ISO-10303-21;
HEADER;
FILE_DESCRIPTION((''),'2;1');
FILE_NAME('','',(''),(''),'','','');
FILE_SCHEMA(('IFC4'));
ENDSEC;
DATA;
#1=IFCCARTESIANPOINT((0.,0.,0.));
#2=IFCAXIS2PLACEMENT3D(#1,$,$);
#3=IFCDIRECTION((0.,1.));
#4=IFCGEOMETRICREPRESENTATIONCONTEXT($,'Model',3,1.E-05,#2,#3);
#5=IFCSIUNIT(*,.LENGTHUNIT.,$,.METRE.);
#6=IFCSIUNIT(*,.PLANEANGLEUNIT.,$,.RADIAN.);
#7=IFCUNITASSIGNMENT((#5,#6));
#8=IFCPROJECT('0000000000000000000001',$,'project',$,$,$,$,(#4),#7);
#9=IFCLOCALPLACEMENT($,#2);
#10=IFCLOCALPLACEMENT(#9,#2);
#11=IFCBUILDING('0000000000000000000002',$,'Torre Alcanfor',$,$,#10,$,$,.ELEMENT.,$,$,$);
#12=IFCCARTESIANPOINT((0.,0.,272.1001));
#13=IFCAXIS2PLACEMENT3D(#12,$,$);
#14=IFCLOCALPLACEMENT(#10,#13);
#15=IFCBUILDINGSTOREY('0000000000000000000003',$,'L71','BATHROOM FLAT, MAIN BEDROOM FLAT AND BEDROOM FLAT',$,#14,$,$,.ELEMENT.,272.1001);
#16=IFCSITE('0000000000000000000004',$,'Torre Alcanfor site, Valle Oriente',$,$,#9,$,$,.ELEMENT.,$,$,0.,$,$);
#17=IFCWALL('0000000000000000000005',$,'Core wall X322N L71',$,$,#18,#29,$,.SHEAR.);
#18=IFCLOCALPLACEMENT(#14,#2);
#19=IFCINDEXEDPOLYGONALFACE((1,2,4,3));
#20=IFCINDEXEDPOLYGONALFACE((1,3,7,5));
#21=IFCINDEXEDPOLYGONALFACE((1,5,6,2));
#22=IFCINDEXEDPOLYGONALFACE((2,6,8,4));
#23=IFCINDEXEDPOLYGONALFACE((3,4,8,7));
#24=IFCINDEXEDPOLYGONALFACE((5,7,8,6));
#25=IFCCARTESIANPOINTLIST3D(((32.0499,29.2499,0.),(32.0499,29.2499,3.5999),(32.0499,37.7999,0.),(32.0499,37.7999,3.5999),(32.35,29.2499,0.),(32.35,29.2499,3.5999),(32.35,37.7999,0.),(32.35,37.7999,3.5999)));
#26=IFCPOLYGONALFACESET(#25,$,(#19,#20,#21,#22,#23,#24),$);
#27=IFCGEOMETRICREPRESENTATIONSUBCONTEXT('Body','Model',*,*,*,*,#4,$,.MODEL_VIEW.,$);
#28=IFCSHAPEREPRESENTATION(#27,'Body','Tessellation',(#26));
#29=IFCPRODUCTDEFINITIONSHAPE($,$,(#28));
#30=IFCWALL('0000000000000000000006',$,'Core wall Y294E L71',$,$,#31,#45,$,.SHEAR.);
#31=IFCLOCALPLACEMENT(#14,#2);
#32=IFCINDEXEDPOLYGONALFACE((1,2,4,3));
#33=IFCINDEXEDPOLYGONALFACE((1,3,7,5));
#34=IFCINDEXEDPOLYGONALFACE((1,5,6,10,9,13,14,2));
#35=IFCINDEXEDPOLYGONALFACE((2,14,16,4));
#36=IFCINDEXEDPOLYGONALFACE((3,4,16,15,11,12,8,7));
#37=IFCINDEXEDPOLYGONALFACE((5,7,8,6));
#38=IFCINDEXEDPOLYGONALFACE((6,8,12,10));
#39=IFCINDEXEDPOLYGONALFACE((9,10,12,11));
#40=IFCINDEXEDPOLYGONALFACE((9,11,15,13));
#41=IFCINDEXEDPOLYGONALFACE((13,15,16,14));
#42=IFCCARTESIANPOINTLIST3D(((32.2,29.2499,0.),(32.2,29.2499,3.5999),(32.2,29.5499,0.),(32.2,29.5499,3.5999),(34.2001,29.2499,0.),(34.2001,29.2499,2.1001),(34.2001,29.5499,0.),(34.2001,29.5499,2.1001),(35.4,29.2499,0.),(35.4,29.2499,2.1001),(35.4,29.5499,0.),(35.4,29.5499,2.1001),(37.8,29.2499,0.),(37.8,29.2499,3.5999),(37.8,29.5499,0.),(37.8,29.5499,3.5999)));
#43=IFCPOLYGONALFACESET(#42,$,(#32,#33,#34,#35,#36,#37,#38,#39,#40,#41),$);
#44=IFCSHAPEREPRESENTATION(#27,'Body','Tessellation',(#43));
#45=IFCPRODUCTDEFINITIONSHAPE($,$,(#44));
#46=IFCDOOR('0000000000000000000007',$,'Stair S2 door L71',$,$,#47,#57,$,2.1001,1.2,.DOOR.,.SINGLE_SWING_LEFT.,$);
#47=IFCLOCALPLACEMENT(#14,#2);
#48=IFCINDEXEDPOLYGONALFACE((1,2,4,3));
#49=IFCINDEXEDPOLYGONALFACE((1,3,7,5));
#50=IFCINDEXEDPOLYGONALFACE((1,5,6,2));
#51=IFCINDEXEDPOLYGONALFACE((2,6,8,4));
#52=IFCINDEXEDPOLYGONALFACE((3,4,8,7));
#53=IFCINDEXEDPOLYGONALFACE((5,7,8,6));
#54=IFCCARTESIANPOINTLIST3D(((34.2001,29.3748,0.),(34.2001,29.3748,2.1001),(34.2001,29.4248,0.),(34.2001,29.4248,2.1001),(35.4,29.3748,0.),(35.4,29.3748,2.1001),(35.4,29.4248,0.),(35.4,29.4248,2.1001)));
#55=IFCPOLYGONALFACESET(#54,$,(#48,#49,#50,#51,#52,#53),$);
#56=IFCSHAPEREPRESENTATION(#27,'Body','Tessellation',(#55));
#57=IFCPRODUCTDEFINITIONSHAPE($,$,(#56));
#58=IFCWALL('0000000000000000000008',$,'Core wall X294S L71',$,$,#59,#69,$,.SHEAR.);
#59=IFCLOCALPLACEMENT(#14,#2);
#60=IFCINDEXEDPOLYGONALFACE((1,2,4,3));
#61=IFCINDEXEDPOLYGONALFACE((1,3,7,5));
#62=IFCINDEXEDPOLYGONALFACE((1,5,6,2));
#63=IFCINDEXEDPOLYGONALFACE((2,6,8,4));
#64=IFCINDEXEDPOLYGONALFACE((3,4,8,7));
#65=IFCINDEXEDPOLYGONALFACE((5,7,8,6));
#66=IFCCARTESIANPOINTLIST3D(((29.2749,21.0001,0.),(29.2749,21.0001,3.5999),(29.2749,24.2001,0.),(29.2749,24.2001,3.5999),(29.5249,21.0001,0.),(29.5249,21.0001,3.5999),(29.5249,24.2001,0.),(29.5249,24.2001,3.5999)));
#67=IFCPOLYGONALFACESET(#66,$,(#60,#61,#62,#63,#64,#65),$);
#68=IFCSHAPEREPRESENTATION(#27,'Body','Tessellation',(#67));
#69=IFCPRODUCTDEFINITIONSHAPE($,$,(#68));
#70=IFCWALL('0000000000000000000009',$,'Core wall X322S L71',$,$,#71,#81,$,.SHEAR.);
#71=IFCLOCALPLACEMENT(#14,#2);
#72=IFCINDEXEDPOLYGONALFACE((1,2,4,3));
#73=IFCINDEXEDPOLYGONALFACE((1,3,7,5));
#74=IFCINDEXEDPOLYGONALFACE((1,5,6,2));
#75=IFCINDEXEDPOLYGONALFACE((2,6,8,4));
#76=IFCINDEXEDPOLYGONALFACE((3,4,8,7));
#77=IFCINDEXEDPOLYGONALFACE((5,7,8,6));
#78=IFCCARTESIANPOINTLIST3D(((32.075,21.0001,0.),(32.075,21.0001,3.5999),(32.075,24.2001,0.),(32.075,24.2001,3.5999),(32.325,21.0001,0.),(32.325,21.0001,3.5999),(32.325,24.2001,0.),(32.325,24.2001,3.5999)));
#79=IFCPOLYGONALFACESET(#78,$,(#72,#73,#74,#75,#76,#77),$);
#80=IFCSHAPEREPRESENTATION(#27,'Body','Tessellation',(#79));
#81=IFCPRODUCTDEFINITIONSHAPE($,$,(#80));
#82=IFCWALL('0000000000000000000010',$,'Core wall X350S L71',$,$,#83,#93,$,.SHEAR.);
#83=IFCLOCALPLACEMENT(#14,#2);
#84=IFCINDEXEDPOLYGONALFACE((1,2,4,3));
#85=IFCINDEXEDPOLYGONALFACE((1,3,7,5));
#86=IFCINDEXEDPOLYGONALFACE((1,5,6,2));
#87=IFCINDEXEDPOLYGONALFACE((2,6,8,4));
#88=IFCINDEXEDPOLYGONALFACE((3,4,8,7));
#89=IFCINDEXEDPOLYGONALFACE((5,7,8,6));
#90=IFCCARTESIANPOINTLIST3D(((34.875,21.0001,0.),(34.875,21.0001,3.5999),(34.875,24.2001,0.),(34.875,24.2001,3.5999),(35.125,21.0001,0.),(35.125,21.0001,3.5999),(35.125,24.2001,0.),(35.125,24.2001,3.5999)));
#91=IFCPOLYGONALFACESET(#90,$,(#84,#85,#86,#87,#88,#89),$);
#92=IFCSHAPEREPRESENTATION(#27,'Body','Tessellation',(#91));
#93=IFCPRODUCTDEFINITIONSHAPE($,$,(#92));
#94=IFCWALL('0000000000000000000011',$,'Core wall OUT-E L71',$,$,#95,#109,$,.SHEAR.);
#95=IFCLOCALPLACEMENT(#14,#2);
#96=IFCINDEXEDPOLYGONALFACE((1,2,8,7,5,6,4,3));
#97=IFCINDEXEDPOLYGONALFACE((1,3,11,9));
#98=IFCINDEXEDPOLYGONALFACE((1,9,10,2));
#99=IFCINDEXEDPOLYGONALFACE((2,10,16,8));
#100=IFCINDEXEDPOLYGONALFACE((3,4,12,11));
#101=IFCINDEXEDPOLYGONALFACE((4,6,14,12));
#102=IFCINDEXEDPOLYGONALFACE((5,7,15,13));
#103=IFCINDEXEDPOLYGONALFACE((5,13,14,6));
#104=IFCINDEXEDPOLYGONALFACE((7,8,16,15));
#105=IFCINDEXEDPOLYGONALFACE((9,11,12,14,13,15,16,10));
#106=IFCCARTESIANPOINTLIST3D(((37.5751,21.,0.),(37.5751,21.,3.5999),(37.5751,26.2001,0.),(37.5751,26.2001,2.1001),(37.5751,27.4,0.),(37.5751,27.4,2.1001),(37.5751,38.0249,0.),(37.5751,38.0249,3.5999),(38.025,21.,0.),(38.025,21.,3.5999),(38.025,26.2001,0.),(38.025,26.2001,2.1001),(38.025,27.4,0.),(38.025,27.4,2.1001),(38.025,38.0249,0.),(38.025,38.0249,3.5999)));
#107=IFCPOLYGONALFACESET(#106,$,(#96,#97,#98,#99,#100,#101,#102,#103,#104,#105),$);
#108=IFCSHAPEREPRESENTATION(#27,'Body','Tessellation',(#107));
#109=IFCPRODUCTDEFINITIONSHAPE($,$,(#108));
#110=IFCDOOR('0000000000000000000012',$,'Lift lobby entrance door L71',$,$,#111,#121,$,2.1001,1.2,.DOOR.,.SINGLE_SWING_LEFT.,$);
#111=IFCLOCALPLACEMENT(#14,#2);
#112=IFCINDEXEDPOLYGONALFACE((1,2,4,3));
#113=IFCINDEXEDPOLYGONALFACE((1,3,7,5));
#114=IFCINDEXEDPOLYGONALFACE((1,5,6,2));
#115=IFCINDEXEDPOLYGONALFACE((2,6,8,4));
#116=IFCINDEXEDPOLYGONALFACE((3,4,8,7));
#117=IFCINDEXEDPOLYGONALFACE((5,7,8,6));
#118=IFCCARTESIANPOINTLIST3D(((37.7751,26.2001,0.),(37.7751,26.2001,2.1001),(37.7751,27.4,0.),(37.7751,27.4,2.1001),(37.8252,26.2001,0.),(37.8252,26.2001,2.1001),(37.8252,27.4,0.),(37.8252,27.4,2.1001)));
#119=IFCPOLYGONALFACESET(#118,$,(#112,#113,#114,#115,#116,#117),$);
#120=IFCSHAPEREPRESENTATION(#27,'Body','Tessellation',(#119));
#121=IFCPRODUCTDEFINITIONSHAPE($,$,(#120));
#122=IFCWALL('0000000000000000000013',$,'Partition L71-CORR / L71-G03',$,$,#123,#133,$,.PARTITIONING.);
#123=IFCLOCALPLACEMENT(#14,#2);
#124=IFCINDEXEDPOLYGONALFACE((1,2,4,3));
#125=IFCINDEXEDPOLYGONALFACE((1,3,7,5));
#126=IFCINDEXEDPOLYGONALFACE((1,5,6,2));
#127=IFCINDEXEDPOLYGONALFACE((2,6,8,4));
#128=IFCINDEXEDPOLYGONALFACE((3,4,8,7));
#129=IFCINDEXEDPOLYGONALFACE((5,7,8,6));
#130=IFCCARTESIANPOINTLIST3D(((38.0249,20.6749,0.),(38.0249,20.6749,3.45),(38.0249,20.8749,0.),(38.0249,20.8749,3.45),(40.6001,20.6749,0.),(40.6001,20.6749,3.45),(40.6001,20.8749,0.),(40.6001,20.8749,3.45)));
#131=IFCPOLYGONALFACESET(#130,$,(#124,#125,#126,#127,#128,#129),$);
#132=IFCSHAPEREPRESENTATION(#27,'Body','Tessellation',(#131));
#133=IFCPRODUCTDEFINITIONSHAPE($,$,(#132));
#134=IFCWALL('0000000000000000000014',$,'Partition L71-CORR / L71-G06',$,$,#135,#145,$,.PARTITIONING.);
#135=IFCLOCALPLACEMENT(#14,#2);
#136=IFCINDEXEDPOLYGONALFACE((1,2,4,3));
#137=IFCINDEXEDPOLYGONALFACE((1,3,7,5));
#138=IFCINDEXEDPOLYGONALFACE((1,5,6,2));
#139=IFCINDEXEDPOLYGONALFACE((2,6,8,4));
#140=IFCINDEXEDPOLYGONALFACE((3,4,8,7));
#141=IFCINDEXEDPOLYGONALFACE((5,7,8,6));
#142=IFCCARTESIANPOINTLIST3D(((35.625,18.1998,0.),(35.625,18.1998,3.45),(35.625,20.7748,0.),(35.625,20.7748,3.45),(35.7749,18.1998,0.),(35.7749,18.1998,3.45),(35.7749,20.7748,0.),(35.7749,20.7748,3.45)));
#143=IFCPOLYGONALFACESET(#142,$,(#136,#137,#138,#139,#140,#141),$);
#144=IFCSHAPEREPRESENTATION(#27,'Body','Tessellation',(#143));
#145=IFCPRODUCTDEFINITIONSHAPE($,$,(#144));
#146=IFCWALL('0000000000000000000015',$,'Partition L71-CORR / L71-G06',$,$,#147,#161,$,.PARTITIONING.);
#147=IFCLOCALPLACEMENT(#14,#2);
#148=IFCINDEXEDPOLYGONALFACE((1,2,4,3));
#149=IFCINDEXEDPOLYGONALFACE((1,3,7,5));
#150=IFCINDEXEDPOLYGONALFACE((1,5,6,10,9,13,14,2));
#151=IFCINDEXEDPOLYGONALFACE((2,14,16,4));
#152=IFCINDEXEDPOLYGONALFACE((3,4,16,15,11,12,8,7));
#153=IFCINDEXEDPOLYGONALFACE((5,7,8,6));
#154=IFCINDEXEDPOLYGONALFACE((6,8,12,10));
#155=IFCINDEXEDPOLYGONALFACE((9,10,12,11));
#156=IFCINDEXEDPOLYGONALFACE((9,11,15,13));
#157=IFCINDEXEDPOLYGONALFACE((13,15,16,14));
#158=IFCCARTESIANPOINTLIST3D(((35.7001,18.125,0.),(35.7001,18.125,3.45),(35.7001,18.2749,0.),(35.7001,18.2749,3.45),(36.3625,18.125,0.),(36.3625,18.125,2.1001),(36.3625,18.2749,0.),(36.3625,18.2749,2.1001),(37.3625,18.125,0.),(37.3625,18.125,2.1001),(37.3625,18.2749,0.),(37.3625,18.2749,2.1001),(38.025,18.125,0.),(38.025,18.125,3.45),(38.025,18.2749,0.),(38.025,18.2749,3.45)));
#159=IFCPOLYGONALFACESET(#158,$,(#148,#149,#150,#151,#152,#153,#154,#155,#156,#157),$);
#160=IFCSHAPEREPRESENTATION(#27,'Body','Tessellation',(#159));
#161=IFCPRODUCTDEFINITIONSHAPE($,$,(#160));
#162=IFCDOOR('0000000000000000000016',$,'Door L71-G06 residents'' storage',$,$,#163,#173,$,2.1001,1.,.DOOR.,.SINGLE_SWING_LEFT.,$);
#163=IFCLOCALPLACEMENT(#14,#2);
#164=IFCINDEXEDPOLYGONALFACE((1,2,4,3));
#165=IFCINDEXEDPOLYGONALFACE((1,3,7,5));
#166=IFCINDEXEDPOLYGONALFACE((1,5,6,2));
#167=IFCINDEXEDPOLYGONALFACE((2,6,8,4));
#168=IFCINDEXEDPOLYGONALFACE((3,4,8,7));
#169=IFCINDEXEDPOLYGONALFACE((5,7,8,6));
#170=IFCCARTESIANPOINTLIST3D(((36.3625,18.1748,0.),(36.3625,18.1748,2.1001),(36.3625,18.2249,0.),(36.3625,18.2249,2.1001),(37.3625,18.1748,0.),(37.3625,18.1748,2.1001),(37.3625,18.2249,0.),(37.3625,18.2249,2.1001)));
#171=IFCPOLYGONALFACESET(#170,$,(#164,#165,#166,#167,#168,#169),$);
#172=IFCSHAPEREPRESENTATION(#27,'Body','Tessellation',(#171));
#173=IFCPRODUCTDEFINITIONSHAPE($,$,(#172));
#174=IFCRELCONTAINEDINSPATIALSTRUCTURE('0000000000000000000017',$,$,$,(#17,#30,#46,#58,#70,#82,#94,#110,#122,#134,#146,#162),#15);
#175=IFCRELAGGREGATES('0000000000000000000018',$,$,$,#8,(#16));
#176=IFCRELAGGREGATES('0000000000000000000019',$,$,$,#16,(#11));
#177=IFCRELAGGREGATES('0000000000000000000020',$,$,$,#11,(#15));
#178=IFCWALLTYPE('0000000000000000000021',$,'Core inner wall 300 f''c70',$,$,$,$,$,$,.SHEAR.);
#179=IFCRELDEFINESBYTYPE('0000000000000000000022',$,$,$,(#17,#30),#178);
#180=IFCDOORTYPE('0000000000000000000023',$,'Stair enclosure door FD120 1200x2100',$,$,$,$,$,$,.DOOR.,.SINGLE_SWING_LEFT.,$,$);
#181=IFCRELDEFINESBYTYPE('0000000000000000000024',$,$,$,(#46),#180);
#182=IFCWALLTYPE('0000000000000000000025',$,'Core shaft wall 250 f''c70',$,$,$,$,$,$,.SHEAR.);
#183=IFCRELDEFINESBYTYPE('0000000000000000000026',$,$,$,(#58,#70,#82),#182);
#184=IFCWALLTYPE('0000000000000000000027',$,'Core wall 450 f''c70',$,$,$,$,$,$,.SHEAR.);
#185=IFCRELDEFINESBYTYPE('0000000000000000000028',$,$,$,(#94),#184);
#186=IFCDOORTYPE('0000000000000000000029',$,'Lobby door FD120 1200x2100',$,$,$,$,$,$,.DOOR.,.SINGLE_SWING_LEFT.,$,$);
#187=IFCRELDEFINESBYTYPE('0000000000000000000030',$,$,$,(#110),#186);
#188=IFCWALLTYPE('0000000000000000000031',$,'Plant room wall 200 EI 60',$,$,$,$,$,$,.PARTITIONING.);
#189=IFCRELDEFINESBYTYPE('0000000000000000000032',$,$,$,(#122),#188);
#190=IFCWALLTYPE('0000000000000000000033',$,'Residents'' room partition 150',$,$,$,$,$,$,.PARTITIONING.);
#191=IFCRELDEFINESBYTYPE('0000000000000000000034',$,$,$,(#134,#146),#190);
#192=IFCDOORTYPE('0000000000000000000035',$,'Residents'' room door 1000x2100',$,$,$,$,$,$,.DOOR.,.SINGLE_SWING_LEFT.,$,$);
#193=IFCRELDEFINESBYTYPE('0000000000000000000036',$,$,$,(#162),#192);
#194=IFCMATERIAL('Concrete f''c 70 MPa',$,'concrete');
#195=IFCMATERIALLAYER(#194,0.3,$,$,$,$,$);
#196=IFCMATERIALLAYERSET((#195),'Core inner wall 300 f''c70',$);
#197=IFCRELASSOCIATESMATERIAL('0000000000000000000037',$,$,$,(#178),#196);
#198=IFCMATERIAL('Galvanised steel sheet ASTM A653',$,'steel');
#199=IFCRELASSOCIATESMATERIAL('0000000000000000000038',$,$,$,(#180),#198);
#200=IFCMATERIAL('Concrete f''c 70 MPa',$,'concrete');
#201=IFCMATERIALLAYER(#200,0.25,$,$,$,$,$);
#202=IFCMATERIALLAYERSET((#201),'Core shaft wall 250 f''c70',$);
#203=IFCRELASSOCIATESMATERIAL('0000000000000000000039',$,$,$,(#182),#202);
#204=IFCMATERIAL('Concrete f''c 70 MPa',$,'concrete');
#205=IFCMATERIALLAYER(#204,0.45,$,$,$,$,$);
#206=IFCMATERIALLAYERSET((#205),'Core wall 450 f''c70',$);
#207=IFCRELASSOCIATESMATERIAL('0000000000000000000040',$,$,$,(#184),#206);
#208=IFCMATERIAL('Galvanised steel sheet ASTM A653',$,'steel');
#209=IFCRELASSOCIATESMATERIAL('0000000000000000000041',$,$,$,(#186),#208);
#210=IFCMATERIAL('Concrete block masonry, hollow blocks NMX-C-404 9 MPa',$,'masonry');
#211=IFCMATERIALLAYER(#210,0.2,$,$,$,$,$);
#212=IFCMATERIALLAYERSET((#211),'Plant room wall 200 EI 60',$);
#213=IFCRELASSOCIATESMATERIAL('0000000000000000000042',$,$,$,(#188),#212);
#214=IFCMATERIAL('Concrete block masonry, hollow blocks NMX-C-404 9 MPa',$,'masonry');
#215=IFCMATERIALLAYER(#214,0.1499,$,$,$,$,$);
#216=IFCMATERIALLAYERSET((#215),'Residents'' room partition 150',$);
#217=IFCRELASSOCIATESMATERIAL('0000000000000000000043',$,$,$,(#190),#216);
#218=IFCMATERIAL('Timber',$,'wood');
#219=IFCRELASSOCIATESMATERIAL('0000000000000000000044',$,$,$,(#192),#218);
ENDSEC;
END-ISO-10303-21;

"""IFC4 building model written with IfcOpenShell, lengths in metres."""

from ifc_helpers import new_model, si_unit, direction, frame, frame_2d, origin, place, context, subcontext, project, spatial, rectangle, extrude, material, layer, layer_set, type_object, element, fill, save


model = new_model("IFC4")

# Units and contexts
model_context = context("Model", 3, precision=1e-05, world=origin(), true_north=direction((0.0, 1.0)))
body_context = subcontext(model_context, "Body", "Model", "MODEL_VIEW")
ifc_project = project(units=[si_unit("LENGTHUNIT", "METRE"), si_unit("PLANEANGLEUNIT", "RADIAN")], contexts=[model_context])

# Site, building, storey
site_placement = place(None, origin())
site = spatial("IfcSite", under=ifc_project, at=site_placement, Name="Torre Alcanfor site, Valle Oriente", CompositionType="ELEMENT", RefElevation=0.0)
building_placement = place(site_placement, origin())
building = spatial("IfcBuilding", under=site, at=building_placement, Name="Torre Alcanfor", CompositionType="ELEMENT")
storey_placement = place(building_placement, frame((0.0, 0.0, 272.1001)))
storey = spatial("IfcBuildingStorey", under=building, at=storey_placement, Name="L71", Description="BATHROOM FLAT, MAIN BEDROOM FLAT AND BEDROOM FLAT", CompositionType="ELEMENT", Elevation=272.1001)

# Wall
ifc_material_1 = material(Name="Concrete f'c 70 MPa", Category="concrete")
ifc_layer_1 = layer(ifc_material_1, 0.3)
ifc_layer_set_1 = layer_set([ifc_layer_1], Name="Core inner wall 300 f'c70")
wall_type_1 = type_object("IfcWallType", Name="Core inner wall 300 f'c70", PredefinedType="SHEAR", material=ifc_layer_set_1)
wall_1_placement = place(storey_placement, frame((32.2, 29.25, 0.0), z_axis=(0.0, 0.0, 1.0), x_axis=(0.0, 1.0, 0.0)))
element("IfcWall", 1, at=wall_1_placement, inside=storey, type_object=wall_type_1, Name="Core wall X322N L71", PredefinedType="SHEAR", context=body_context, shape_type="SweptSolid", body=[
    extrude(rectangle(XDim=8.55, YDim=0.3, at=frame_2d((4.2749, 0.0))), origin(), (0.0, 0.0, 1.0), 3.5999),
])

# Wall, opening, door
wall_2_placement = place(storey_placement, frame((32.2, 29.3999, 0.0), z_axis=(0.0, 0.0, 1.0), x_axis=(1.0, 0.0, 0.0)))
wall_2 = element("IfcWall", 2, at=wall_2_placement, inside=storey, type_object=wall_type_1, Name="Core wall Y294E L71", PredefinedType="SHEAR", context=body_context, shape_type="SweptSolid", body=[
    extrude(rectangle(XDim=5.6001, YDim=0.3, at=frame_2d((2.8, 0.0))), origin(), (0.0, 0.0, 1.0), 3.5999),
])
opening_1_placement = place(wall_2_placement, frame((2.0, 0.0, 0.0)))
opening_1 = element("IfcOpeningElement", 3, at=opening_1_placement, cuts=wall_2, PredefinedType="OPENING", context=body_context, shape_type="SweptSolid", body=[
    extrude(rectangle(XDim=1.2, YDim=2.1001, at=frame_2d((0.6001, 1.05))), frame((0.0, 0.1599, 0.0), z_axis=(0.0, -1.0, 0.0), x_axis=(1.0, 0.0, 0.0)), (0.0, 0.0, 1.0), 0.3201),
])
ifc_material_2 = material(Name="Galvanised steel sheet ASTM A653", Category="steel")
door_type_1 = type_object("IfcDoorType", Name="Stair enclosure door FD120 1200x2100", OperationType="SINGLE_SWING_LEFT", PredefinedType="DOOR", material=ifc_material_2)
door_1_placement = place(opening_1_placement, origin())
door_1 = element("IfcDoor", 4, at=door_1_placement, inside=storey, type_object=door_type_1, Name="Stair S2 door L71", OperationType="SINGLE_SWING_LEFT", OverallHeight=2.1001, OverallWidth=1.2, PredefinedType="DOOR", context=body_context, shape_type="SweptSolid", body=[
    extrude(rectangle(XDim=1.2, YDim=2.1001, at=frame_2d((0.6001, 1.05))), frame((0.0, 0.0249, 0.0), z_axis=(0.0, -1.0, 0.0), x_axis=(1.0, 0.0, 0.0)), (0.0, 0.0, 1.0), 0.05),
])
fill(opening_1, door_1)

# Walls
ifc_material_3 = material(Name="Concrete f'c 70 MPa", Category="concrete")
ifc_layer_2 = layer(ifc_material_3, 0.25)
ifc_layer_set_2 = layer_set([ifc_layer_2], Name="Core shaft wall 250 f'c70")
wall_type_2 = type_object("IfcWallType", Name="Core shaft wall 250 f'c70", PredefinedType="SHEAR", material=ifc_layer_set_2)
for number, where, z_axis, x_axis, name in (
    (5, (29.3999, 21.0, 0.0), (0.0, 0.0, 1.0), (0.0, 1.0, 0.0), "Core wall X294S L71"),
    (6, (32.2, 21.0, 0.0), (0.0, 0.0, 1.0), (0.0, 1.0, 0.0), "Core wall X322S L71"),
    (7, (35.0, 21.0, 0.0), (0.0, 0.0, 1.0), (0.0, 1.0, 0.0), "Core wall X350S L71"),
):
    element("IfcWall", number, at=place(storey_placement, frame(where, z_axis=z_axis, x_axis=x_axis)), inside=storey, type_object=wall_type_2, Name=name, PredefinedType="SHEAR", context=body_context, shape_type="SweptSolid", body=[
        extrude(rectangle(XDim=3.2, YDim=0.25, at=frame_2d((1.6001, 0.0))), origin(), (0.0, 0.0, 1.0), 3.5999),
    ])

# Wall, opening, door
ifc_material_4 = material(Name="Concrete f'c 70 MPa", Category="concrete")
ifc_layer_3 = layer(ifc_material_4, 0.45)
ifc_layer_set_3 = layer_set([ifc_layer_3], Name="Core wall 450 f'c70")
wall_type_3 = type_object("IfcWallType", Name="Core wall 450 f'c70", PredefinedType="SHEAR", material=ifc_layer_set_3)
wall_3_placement = place(storey_placement, frame((37.8, 21.0, 0.0), z_axis=(0.0, 0.0, 1.0), x_axis=(0.0, 1.0, 0.0)))
wall_3 = element("IfcWall", 8, at=wall_3_placement, inside=storey, type_object=wall_type_3, Name="Core wall OUT-E L71", PredefinedType="SHEAR", context=body_context, shape_type="SweptSolid", body=[
    extrude(rectangle(XDim=17.0249, YDim=0.45, at=frame_2d((8.5125, 0.0))), origin(), (0.0, 0.0, 1.0), 3.5999),
])
opening_2_placement = place(wall_3_placement, frame((5.2, 0.0, 0.0)))
opening_2 = element("IfcOpeningElement", 9, at=opening_2_placement, cuts=wall_3, PredefinedType="OPENING", context=body_context, shape_type="SweptSolid", body=[
    extrude(rectangle(XDim=1.2, YDim=2.1001, at=frame_2d((0.6001, 1.05))), frame((0.0, 0.2349, 0.0), z_axis=(0.0, -1.0, 0.0), x_axis=(1.0, 0.0, 0.0)), (0.0, 0.0, 1.0), 0.47),
])
ifc_material_5 = material(Name="Galvanised steel sheet ASTM A653", Category="steel")
door_type_2 = type_object("IfcDoorType", Name="Lobby door FD120 1200x2100", OperationType="SINGLE_SWING_LEFT", PredefinedType="DOOR", material=ifc_material_5)
door_2_placement = place(opening_2_placement, origin())
door_2 = element("IfcDoor", 10, at=door_2_placement, inside=storey, type_object=door_type_2, Name="Lift lobby entrance door L71", OperationType="SINGLE_SWING_LEFT", OverallHeight=2.1001, OverallWidth=1.2, PredefinedType="DOOR", context=body_context, shape_type="SweptSolid", body=[
    extrude(rectangle(XDim=1.2, YDim=2.1001, at=frame_2d((0.6001, 1.05))), frame((0.0, 0.0249, 0.0), z_axis=(0.0, -1.0, 0.0), x_axis=(1.0, 0.0, 0.0)), (0.0, 0.0, 1.0), 0.05),
])
fill(opening_2, door_2)

# Walls
ifc_material_6 = material(Name="Concrete block masonry, hollow blocks NMX-C-404 9 MPa", Category="masonry")
ifc_layer_4 = layer(ifc_material_6, 0.2)
ifc_layer_set_4 = layer_set([ifc_layer_4], Name="Plant room wall 200 EI 60")
wall_type_4 = type_object("IfcWallType", Name="Plant room wall 200 EI 60", PredefinedType="PARTITIONING", material=ifc_layer_set_4)
wall_4_placement = place(storey_placement, frame((38.0249, 20.7749, 0.0), z_axis=(0.0, 0.0, 1.0), x_axis=(1.0, 0.0, 0.0)))
element("IfcWall", 11, at=wall_4_placement, inside=storey, type_object=wall_type_4, Name="Partition L71-CORR / L71-G03", PredefinedType="PARTITIONING", context=body_context, shape_type="SweptSolid", body=[
    extrude(rectangle(XDim=2.5752, YDim=0.2, at=frame_2d((1.2876, 0.0))), origin(), (0.0, 0.0, 1.0), 3.45),
])
ifc_material_7 = material(Name="Concrete block masonry, hollow blocks NMX-C-404 9 MPa", Category="masonry")
ifc_layer_5 = layer(ifc_material_7, 0.1499)
ifc_layer_set_5 = layer_set([ifc_layer_5], Name="Residents' room partition 150")
wall_type_5 = type_object("IfcWallType", Name="Residents' room partition 150", PredefinedType="PARTITIONING", material=ifc_layer_set_5)
wall_5_placement = place(storey_placement, frame((35.7, 20.7749, 0.0), z_axis=(0.0, 0.0, 1.0), x_axis=(0.0, -1.0, 0.0)))
element("IfcWall", 12, at=wall_5_placement, inside=storey, type_object=wall_type_5, Name="Partition L71-CORR / L71-G06", PredefinedType="PARTITIONING", context=body_context, shape_type="SweptSolid", body=[
    extrude(rectangle(XDim=2.575, YDim=0.1499, at=frame_2d((1.2876, 0.0))), origin(), (0.0, 0.0, 1.0), 3.45),
])

# Wall, opening, door
wall_6_placement = place(storey_placement, frame((35.7, 18.2, 0.0), z_axis=(0.0, 0.0, 1.0), x_axis=(1.0, 0.0, 0.0)))
wall_6 = element("IfcWall", 13, at=wall_6_placement, inside=storey, type_object=wall_type_5, Name="Partition L71-CORR / L71-G06", PredefinedType="PARTITIONING", context=body_context, shape_type="SweptSolid", body=[
    extrude(rectangle(XDim=2.325, YDim=0.1499, at=frame_2d((1.1626, 0.0))), origin(), (0.0, 0.0, 1.0), 3.45),
])
opening_3_placement = place(wall_6_placement, frame((0.6626, 0.0, 0.0)))
opening_3 = element("IfcOpeningElement", 14, at=opening_3_placement, cuts=wall_6, PredefinedType="OPENING", context=body_context, shape_type="SweptSolid", body=[
    extrude(rectangle(XDim=1.0, YDim=2.1001, at=frame_2d((0.5, 1.05))), frame((0.0, 0.085, 0.0), z_axis=(0.0, -1.0, 0.0), x_axis=(1.0, 0.0, 0.0)), (0.0, 0.0, 1.0), 0.1699),
])
ifc_material_8 = material(Name="Timber", Category="wood")
door_type_3 = type_object("IfcDoorType", Name="Residents' room door 1000x2100", OperationType="SINGLE_SWING_LEFT", PredefinedType="DOOR", material=ifc_material_8)
door_3_placement = place(opening_3_placement, origin())
door_3 = element("IfcDoor", 15, at=door_3_placement, inside=storey, type_object=door_type_3, Name="Door L71-G06 residents' storage", OperationType="SINGLE_SWING_LEFT", OverallHeight=2.1001, OverallWidth=1.0, PredefinedType="DOOR", context=body_context, shape_type="SweptSolid", body=[
    extrude(rectangle(XDim=1.0, YDim=2.1001, at=frame_2d((0.5, 1.05))), frame((0.0, 0.0249, 0.0), z_axis=(0.0, -1.0, 0.0), x_axis=(1.0, 0.0, 0.0)), (0.0, 0.0, 1.0), 0.05),
])
fill(opening_3, door_3)

save(model, "model.ifc")
